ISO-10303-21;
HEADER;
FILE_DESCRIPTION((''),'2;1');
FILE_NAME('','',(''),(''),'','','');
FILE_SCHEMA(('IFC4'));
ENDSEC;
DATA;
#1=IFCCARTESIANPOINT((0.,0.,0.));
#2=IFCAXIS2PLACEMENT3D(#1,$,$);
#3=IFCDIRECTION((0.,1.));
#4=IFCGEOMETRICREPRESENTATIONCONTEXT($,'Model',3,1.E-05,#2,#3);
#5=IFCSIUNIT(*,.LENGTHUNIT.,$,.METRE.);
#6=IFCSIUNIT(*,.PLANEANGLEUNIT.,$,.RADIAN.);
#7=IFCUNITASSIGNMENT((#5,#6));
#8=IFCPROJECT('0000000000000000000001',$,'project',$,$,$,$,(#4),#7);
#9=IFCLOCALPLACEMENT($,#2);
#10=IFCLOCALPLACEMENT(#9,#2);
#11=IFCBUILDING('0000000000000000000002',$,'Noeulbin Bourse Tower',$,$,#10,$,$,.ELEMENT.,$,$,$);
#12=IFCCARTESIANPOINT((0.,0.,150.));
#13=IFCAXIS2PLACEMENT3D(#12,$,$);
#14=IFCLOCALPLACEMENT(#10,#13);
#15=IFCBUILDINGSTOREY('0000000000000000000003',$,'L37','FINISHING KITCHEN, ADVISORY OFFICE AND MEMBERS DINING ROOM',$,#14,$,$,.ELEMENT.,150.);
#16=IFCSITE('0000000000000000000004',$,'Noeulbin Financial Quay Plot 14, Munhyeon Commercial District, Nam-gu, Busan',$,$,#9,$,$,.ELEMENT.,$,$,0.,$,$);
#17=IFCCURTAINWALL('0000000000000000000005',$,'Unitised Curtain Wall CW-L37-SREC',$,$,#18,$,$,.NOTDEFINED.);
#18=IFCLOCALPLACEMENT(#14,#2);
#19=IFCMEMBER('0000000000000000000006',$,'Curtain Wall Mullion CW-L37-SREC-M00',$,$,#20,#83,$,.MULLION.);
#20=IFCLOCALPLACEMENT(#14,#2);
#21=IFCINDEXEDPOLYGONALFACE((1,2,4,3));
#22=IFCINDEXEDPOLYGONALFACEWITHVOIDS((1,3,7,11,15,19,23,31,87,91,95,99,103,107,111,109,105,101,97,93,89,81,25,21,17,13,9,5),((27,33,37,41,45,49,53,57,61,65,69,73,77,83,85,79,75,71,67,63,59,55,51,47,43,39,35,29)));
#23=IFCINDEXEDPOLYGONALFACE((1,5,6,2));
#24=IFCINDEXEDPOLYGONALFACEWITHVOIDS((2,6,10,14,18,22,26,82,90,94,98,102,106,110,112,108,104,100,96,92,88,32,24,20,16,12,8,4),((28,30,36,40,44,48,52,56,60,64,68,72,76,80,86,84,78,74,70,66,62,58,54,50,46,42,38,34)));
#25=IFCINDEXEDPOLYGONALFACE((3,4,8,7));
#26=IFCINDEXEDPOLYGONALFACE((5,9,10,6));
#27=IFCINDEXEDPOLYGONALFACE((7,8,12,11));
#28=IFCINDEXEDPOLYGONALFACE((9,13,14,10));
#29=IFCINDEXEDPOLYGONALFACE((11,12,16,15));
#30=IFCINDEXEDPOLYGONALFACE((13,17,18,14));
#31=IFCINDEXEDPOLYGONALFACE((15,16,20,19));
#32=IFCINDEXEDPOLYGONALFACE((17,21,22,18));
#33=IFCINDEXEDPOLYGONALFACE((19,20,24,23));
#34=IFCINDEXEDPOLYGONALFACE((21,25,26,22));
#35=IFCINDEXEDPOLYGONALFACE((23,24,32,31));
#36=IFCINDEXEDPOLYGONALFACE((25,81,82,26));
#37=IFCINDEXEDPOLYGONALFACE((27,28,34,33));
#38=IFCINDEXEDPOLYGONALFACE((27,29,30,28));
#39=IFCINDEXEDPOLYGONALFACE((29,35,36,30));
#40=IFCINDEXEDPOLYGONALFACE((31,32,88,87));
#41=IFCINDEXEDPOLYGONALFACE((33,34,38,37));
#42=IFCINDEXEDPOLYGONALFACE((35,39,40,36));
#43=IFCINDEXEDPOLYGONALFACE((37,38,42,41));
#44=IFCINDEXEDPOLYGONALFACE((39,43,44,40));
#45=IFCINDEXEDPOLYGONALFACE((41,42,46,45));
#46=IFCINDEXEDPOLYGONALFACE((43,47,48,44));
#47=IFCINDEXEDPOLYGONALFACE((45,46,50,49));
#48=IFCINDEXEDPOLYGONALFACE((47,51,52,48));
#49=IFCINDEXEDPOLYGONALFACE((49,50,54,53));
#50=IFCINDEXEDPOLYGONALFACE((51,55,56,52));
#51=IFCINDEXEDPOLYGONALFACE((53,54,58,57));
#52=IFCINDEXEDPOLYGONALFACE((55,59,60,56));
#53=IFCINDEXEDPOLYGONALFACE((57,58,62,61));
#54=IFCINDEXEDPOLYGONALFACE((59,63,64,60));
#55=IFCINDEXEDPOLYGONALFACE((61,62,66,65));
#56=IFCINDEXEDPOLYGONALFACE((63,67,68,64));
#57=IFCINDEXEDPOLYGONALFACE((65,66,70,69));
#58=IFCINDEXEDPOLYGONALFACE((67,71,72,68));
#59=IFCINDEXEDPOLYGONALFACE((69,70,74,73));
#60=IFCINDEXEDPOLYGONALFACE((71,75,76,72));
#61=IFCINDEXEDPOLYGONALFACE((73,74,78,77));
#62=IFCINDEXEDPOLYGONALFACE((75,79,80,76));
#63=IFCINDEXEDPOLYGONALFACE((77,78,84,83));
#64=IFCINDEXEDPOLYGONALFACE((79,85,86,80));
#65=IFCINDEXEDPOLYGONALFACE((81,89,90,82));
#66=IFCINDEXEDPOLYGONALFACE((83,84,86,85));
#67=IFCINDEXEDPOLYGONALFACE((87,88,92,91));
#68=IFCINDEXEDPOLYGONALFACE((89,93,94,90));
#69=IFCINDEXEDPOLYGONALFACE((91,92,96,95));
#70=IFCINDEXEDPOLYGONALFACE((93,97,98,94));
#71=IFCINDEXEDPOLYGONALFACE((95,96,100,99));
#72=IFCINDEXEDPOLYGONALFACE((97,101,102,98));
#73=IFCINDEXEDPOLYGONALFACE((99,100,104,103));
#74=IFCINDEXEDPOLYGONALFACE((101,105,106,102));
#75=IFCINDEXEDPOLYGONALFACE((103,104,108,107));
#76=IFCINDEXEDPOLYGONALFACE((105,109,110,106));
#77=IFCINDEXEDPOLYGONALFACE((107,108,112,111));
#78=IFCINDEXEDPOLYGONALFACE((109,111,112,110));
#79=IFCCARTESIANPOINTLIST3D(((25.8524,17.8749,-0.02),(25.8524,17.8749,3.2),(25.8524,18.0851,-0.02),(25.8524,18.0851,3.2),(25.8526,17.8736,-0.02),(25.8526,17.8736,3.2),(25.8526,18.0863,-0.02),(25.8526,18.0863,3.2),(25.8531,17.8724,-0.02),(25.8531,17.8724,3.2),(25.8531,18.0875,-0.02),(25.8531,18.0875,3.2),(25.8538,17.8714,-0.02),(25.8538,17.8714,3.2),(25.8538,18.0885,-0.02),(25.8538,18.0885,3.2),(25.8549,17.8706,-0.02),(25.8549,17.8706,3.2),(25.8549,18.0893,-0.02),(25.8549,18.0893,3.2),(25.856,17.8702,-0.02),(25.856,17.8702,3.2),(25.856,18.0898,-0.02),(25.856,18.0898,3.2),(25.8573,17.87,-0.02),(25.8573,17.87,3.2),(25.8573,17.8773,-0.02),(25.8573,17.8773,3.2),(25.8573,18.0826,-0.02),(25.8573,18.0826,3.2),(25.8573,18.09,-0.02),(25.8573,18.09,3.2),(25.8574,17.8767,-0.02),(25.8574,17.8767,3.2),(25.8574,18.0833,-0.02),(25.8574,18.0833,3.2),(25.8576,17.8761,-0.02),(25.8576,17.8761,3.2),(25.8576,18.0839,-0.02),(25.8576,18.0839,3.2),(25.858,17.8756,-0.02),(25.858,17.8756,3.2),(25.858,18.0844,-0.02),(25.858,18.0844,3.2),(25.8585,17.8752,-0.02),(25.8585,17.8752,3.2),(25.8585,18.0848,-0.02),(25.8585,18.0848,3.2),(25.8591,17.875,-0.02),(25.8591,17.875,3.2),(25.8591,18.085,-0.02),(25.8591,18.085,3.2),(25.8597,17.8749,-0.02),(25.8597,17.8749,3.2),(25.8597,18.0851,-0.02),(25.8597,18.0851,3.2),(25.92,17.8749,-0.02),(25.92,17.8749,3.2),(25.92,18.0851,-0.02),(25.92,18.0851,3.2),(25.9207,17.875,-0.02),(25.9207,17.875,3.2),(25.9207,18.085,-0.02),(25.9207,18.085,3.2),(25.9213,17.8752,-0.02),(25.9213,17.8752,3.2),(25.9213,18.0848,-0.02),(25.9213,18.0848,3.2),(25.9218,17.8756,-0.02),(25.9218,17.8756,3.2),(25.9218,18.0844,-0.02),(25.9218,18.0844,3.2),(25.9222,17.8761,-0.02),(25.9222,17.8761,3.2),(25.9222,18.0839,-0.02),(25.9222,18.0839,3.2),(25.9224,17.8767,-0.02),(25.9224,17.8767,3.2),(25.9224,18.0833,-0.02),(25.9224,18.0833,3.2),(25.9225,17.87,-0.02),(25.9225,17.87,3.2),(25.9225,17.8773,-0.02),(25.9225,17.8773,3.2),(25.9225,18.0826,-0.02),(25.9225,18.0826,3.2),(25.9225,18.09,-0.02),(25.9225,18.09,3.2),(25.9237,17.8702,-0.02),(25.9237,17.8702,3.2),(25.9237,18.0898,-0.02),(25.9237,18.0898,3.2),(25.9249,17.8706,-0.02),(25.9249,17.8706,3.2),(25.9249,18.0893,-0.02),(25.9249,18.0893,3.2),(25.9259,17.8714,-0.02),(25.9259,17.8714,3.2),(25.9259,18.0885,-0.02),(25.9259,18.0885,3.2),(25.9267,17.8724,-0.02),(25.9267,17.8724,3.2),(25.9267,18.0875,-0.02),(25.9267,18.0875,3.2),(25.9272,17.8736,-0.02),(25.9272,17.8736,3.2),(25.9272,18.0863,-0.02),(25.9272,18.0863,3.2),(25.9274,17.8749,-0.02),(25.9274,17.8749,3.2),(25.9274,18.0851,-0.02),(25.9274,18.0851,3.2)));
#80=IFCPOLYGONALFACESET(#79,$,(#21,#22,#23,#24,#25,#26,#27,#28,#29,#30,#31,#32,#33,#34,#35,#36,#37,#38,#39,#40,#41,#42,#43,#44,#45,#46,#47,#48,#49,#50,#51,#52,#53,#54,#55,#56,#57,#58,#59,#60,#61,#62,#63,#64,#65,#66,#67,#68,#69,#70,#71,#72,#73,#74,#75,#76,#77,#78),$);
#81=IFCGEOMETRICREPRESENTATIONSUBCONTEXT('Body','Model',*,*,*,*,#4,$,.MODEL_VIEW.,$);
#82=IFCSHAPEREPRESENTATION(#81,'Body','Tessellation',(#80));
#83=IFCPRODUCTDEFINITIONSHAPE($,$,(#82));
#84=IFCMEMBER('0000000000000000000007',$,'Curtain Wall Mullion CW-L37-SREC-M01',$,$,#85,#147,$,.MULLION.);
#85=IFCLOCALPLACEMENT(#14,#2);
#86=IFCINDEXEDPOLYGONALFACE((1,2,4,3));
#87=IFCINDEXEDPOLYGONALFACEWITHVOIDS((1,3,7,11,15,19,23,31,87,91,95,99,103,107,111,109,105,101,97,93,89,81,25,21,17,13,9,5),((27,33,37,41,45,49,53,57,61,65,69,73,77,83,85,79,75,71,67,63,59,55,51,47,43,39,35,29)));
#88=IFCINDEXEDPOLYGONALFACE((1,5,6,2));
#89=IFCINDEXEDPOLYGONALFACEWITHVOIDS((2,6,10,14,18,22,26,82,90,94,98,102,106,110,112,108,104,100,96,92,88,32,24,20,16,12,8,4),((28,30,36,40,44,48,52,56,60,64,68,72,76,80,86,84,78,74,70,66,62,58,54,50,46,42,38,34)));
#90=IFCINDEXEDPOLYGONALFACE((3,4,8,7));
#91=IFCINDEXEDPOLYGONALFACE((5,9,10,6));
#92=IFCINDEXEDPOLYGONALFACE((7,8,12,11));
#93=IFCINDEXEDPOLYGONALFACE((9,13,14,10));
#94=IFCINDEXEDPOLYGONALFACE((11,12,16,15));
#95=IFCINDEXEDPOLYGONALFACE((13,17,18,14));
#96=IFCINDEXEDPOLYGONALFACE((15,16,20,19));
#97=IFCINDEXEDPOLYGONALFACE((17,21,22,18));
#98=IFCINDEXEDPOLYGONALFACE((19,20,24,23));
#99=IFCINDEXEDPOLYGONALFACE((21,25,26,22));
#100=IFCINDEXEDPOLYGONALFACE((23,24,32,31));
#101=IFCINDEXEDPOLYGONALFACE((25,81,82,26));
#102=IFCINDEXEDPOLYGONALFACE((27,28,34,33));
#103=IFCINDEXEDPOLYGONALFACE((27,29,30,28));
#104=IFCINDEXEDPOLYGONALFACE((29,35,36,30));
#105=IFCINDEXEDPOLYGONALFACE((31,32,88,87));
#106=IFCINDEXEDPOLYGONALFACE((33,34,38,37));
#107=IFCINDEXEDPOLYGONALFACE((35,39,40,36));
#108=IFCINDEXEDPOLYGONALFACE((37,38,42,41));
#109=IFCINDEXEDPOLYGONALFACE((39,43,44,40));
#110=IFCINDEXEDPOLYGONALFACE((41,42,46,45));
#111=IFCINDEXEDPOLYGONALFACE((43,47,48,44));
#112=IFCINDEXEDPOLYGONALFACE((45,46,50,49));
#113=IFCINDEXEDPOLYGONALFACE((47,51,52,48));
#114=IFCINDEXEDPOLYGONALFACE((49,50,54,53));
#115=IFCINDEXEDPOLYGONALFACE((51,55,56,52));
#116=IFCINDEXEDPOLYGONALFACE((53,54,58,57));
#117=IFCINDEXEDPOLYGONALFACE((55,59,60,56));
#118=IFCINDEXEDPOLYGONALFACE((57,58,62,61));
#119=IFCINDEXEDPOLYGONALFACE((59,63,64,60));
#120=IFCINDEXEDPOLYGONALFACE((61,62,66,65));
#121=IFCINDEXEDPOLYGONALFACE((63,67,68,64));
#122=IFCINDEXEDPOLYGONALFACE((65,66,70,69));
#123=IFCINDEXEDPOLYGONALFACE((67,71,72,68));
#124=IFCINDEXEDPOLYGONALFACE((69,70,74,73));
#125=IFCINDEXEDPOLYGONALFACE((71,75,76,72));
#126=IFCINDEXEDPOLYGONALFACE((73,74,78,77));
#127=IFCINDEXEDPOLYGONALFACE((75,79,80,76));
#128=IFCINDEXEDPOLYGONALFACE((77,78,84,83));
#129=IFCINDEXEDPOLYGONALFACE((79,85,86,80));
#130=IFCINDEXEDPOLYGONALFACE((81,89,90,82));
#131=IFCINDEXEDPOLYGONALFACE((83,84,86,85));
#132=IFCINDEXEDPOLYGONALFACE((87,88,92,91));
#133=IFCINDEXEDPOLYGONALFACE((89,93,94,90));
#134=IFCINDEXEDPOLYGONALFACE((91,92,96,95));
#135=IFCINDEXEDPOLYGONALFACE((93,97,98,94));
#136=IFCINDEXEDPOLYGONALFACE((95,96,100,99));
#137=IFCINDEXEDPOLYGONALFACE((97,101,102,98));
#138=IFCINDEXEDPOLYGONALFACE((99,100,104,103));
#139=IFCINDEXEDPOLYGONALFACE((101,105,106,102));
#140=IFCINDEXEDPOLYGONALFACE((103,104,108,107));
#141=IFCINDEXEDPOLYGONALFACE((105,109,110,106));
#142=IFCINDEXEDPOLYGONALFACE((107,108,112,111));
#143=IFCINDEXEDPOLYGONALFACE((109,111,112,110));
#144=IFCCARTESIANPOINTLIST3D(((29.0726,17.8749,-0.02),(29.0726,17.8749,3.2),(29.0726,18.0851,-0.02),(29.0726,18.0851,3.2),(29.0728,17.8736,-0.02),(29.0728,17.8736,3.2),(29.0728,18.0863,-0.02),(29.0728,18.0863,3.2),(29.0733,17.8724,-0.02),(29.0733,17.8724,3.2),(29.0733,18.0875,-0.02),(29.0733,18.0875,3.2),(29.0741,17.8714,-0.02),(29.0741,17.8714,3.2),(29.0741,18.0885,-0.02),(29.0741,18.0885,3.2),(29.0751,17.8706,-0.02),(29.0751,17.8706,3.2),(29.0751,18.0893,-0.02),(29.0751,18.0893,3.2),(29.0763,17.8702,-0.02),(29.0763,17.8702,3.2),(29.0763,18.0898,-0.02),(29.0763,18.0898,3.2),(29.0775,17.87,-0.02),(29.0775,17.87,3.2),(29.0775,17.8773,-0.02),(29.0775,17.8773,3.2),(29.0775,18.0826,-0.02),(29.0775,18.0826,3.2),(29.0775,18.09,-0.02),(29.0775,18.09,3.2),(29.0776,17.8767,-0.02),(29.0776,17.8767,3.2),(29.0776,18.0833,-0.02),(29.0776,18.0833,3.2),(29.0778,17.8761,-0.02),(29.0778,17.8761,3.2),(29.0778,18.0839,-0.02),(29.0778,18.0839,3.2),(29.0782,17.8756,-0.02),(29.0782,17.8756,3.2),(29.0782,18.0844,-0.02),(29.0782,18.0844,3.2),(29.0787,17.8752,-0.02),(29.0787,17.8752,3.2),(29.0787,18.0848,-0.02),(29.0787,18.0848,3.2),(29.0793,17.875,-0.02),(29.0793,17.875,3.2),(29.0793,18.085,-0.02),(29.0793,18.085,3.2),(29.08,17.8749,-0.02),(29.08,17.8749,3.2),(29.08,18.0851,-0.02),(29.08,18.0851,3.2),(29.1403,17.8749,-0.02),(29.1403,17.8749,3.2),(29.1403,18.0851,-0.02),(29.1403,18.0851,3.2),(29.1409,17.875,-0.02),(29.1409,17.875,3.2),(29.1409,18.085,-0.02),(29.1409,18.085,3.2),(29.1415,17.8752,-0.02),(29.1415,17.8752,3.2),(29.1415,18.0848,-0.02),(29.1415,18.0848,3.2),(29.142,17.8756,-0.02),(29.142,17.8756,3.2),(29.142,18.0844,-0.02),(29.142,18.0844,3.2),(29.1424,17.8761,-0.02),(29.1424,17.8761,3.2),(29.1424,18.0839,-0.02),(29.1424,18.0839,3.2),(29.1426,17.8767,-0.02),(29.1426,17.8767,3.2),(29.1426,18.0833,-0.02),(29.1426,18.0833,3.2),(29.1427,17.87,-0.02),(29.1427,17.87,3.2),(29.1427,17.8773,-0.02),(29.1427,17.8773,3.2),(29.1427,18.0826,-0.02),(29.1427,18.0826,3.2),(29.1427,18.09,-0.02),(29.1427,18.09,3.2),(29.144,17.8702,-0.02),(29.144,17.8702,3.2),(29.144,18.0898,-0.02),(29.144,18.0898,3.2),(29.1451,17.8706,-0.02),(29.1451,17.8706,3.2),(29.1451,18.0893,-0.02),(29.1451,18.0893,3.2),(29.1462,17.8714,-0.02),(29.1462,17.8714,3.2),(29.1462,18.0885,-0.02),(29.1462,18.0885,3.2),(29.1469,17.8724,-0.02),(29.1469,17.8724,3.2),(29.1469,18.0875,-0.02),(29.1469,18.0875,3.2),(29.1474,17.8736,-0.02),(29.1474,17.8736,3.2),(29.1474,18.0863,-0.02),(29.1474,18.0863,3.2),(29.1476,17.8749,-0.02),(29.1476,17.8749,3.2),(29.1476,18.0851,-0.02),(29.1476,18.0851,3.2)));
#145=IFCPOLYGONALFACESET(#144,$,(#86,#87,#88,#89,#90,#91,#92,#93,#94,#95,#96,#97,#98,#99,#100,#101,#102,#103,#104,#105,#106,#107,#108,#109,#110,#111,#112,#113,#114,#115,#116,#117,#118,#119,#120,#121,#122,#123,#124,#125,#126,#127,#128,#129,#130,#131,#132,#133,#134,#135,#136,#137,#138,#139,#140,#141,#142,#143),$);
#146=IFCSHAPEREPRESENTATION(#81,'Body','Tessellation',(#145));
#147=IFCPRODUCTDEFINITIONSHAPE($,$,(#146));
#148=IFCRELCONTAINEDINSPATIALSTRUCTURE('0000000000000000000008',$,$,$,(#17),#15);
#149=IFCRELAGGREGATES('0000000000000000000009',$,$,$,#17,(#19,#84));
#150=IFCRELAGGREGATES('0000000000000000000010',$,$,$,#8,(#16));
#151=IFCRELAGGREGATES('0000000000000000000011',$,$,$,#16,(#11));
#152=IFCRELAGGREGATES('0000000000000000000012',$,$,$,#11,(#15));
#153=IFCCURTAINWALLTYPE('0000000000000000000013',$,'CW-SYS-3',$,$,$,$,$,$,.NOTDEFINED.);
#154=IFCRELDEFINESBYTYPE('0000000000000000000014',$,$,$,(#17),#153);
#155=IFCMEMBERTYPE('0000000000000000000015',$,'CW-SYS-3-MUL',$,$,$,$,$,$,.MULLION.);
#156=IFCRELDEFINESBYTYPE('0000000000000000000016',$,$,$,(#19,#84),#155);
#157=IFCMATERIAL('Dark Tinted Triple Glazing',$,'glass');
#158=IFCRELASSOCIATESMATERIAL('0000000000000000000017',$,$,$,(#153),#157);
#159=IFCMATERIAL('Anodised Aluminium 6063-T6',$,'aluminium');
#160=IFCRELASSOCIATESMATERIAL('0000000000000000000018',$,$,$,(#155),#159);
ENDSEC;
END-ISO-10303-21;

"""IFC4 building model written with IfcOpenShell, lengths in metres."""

from ifc_helpers import new_model, si_unit, direction, frame, origin, origin_2d, place, context, subcontext, project, spatial, hollow_rectangle, extrude, material, material_profile, profile_set, type_object, element, aggregate, save


model = new_model("IFC4")

# Units and contexts
model_context = context("Model", 3, precision=1e-05, world=origin(), true_north=direction((0.0, 1.0)))
body_context = subcontext(model_context, "Body", "Model", "MODEL_VIEW")
ifc_project = project(units=[si_unit("LENGTHUNIT", "METRE"), si_unit("PLANEANGLEUNIT", "RADIAN")], contexts=[model_context])

# Site, building, storey
site_placement = place(None, origin())
site = spatial("IfcSite", under=ifc_project, at=site_placement, Name="Noeulbin Financial Quay Plot 14, Munhyeon Commercial District, Nam-gu, Busan", CompositionType="ELEMENT", RefElevation=0.0)
building_placement = place(site_placement, origin())
building = spatial("IfcBuilding", under=site, at=building_placement, Name="Noeulbin Bourse Tower", CompositionType="ELEMENT")
storey_placement = place(building_placement, frame((0.0, 0.0, 150.0)))
storey = spatial("IfcBuildingStorey", under=building, at=storey_placement, Name="L37", Description="FINISHING KITCHEN, ADVISORY OFFICE AND MEMBERS DINING ROOM", CompositionType="ELEMENT", Elevation=150.0)

# Curtain wall, members
ifc_material_1 = material(Name="Dark Tinted Triple Glazing", Category="glass")
curtain_wall_type = type_object("IfcCurtainWallType", Name="CW-SYS-3", PredefinedType="NOTDEFINED", material=ifc_material_1)
curtain_wall_1_placement = place(storey_placement, origin())
curtain_wall_1 = element("IfcCurtainWall", 1, at=curtain_wall_1_placement, inside=storey, type_object=curtain_wall_type, Name="Unitised Curtain Wall CW-L37-SREC", PredefinedType="NOTDEFINED")
ifc_material_2 = material(Name="Anodised Aluminium 6063-T6", Category="aluminium")
ifc_material_profile_1 = material_profile(ifc_material_2, hollow_rectangle(XDim=0.075, YDim=0.22, WallThickness=0.0049, InnerFilletRadius=0.0024, OuterFilletRadius=0.0049, at=origin_2d()), Name="ALU-MULL-75x220x5", Category="LoadBearing")
ifc_profile_set_1 = profile_set([ifc_material_profile_1], Name="Anodised Aluminium 6063-T6")
member_type_1 = type_object("IfcMemberType", Name="CW-SYS-3-MUL", PredefinedType="MULLION", material=ifc_profile_set_1)
member_1_placement = place(storey_placement, frame((25.8899, 17.98, -0.02), z_axis=(0.0, 0.0, 1.0), x_axis=(1.0, 0.0, 0.0)))
member_1 = element("IfcMember", 2, at=member_1_placement, type_object=member_type_1, Name="Curtain Wall Mullion CW-L37-SREC-M00", PredefinedType="MULLION", context=body_context, shape_type="SweptSolid", body=[
    extrude(hollow_rectangle(XDim=0.075, YDim=0.22, WallThickness=0.0049, InnerFilletRadius=0.0024, OuterFilletRadius=0.0049, at=origin_2d()), origin(), (0.0, 0.0, 1.0), 3.22),
])
member_2_placement = place(storey_placement, frame((29.1101, 17.98, -0.02), z_axis=(0.0, 0.0, 1.0), x_axis=(1.0, 0.0, 0.0)))
member_2 = element("IfcMember", 3, at=member_2_placement, type_object=member_type_1, Name="Curtain Wall Mullion CW-L37-SREC-M01", PredefinedType="MULLION", context=body_context, shape_type="SweptSolid", body=[
    extrude(hollow_rectangle(XDim=0.075, YDim=0.22, WallThickness=0.0049, InnerFilletRadius=0.0024, OuterFilletRadius=0.0049, at=origin_2d()), origin(), (0.0, 0.0, 1.0), 3.22),
])

aggregate(curtain_wall_1, [member_1, member_2])

save(model, "model.ifc")
